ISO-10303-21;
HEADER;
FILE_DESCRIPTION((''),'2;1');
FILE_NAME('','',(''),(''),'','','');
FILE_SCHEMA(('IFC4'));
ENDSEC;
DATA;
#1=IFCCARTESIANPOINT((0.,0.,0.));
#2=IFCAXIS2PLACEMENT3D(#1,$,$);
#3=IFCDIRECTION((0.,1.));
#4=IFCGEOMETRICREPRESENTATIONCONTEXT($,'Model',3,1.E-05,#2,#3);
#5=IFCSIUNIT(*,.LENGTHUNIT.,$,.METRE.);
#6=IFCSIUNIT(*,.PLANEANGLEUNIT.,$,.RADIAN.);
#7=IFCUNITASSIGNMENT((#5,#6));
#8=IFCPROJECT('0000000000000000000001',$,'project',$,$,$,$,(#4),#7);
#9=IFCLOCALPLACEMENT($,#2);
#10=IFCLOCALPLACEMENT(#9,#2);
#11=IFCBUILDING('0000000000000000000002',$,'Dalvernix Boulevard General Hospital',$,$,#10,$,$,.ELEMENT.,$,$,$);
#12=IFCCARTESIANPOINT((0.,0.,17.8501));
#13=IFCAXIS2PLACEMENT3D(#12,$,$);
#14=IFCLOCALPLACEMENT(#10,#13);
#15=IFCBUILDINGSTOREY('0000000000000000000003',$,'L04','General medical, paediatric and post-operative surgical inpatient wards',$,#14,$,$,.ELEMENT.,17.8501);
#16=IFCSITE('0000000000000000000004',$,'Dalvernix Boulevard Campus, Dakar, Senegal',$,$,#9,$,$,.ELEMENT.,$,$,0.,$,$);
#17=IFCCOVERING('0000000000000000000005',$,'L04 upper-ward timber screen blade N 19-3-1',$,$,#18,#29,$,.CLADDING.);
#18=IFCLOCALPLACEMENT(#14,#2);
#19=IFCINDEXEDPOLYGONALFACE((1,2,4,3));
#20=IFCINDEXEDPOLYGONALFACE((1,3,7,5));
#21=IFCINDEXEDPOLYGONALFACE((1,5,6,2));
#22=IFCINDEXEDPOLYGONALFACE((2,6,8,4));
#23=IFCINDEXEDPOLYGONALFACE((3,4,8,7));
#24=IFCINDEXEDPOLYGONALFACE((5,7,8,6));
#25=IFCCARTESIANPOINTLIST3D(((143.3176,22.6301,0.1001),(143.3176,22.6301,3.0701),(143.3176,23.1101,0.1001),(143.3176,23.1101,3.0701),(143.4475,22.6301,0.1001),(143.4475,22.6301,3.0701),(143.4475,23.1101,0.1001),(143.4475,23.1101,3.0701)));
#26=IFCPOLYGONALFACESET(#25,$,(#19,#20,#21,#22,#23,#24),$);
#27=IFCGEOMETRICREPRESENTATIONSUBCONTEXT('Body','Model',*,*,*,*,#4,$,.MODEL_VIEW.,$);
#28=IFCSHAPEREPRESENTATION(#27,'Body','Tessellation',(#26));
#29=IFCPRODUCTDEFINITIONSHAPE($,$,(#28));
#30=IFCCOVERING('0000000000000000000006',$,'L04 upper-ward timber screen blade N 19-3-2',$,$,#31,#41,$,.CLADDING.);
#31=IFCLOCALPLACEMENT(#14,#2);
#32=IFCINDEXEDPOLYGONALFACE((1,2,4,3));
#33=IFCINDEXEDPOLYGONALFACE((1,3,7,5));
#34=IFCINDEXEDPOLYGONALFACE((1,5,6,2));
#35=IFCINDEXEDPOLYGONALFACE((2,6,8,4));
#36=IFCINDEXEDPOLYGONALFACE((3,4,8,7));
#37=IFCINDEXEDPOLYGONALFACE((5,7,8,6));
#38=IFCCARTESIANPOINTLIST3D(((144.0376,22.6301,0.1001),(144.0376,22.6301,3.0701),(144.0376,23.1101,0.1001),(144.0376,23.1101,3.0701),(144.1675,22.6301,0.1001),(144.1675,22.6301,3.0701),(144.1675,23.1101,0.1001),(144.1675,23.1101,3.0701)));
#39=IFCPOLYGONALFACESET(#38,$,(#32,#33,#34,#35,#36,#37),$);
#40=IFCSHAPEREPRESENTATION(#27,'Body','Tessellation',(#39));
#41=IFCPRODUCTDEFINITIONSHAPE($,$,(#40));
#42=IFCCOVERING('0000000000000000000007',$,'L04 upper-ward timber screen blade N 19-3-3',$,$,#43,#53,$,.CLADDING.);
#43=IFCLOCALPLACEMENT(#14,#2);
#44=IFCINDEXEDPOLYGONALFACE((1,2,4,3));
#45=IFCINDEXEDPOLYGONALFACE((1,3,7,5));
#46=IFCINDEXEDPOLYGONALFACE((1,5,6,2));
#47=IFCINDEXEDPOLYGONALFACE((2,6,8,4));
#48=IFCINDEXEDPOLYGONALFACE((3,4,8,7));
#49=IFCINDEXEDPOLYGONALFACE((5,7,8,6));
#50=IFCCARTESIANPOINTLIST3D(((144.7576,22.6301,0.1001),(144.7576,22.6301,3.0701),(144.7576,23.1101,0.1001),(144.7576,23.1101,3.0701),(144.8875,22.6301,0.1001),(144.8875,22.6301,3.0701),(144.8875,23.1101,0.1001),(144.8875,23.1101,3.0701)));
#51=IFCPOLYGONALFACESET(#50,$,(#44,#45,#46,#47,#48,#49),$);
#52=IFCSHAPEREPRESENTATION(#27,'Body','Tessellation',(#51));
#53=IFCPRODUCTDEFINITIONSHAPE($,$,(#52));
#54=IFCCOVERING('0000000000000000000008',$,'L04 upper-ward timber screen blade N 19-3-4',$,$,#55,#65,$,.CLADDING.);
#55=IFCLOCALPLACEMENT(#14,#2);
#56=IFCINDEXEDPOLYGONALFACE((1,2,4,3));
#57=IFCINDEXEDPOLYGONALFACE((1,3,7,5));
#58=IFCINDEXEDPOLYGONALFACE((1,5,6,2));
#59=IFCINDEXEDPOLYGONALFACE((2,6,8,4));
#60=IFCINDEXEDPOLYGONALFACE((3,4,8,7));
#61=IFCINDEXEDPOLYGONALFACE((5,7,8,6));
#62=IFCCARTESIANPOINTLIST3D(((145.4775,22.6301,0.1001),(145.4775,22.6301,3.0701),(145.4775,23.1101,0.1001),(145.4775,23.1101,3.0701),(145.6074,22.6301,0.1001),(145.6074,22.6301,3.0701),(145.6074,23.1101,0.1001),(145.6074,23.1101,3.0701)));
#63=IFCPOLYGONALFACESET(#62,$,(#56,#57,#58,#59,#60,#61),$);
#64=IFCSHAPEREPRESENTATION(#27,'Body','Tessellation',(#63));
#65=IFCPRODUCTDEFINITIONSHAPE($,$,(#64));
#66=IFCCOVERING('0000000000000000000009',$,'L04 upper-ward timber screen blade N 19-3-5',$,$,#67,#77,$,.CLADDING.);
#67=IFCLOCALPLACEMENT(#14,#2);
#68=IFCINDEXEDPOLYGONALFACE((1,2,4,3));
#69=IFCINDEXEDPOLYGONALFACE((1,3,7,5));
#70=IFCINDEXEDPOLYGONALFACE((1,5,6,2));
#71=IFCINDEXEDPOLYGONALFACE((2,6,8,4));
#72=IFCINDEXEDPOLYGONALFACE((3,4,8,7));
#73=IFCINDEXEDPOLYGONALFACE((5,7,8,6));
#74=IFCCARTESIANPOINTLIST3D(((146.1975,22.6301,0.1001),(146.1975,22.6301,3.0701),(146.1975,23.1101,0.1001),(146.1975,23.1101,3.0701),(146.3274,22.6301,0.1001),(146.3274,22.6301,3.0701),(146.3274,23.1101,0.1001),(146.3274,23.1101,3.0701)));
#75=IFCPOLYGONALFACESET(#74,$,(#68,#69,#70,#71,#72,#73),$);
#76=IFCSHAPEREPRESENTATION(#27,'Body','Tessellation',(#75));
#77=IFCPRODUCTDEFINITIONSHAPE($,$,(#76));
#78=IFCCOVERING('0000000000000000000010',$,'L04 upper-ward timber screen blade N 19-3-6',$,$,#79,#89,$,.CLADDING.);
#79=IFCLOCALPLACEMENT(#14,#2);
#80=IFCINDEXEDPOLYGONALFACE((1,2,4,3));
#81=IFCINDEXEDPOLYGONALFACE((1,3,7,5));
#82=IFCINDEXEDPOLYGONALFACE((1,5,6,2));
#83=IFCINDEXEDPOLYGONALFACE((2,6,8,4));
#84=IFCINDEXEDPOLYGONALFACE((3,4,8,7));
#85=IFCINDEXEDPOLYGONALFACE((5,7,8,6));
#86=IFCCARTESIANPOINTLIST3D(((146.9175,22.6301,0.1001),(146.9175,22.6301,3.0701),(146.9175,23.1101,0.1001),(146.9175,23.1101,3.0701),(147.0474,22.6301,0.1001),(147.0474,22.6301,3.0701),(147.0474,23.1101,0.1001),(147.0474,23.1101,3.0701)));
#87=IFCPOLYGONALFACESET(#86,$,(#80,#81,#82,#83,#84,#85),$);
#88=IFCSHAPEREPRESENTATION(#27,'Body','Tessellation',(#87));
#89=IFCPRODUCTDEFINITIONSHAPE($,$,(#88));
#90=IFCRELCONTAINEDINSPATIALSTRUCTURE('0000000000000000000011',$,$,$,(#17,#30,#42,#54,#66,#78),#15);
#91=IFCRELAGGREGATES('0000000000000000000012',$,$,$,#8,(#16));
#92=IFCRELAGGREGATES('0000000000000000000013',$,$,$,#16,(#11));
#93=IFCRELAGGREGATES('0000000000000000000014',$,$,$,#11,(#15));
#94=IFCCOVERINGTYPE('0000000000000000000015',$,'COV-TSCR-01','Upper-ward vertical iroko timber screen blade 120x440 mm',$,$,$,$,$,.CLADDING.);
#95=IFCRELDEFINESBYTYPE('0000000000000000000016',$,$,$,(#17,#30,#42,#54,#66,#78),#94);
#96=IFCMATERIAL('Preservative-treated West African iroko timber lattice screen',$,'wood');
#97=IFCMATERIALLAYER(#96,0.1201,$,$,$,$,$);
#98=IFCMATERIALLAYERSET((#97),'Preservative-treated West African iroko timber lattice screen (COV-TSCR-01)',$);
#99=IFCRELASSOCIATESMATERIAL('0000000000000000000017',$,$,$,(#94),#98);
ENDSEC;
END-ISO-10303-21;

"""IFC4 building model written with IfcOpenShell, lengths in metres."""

from ifc_helpers import new_model, si_unit, direction, frame, origin, origin_2d, place, context, subcontext, project, spatial, rectangle, extrude, material, layer, layer_set, type_object, element, save


model = new_model("IFC4")

# Units and contexts
model_context = context("Model", 3, precision=1e-05, world=origin(), true_north=direction((0.0, 1.0)))
body_context = subcontext(model_context, "Body", "Model", "MODEL_VIEW")
ifc_project = project(units=[si_unit("LENGTHUNIT", "METRE"), si_unit("PLANEANGLEUNIT", "RADIAN")], contexts=[model_context])

# Site, building, storey
site_placement = place(None, origin())
site = spatial("IfcSite", under=ifc_project, at=site_placement, Name="Dalvernix Boulevard Campus, Dakar, Senegal", CompositionType="ELEMENT", RefElevation=0.0)
building_placement = place(site_placement, origin())
building = spatial("IfcBuilding", under=site, at=building_placement, Name="Dalvernix Boulevard General Hospital", CompositionType="ELEMENT")
storey_placement = place(building_placement, frame((0.0, 0.0, 17.8501)))
storey = spatial("IfcBuildingStorey", under=building, at=storey_placement, Name="L04", Description="General medical, paediatric and post-operative surgical inpatient wards", CompositionType="ELEMENT", Elevation=17.8501)

# Coverings
ifc_material_1 = material(Name="Preservative-treated West African iroko timber lattice screen", Category="wood")
ifc_layer_1 = layer(ifc_material_1, 0.1201)
ifc_layer_set_1 = layer_set([ifc_layer_1], Name="Preservative-treated West African iroko timber lattice screen (COV-TSCR-01)")
covering_type_1 = type_object("IfcCoveringType", Name="COV-TSCR-01", Description="Upper-ward vertical iroko timber screen blade 120x440 mm", PredefinedType="CLADDING", material=ifc_layer_set_1)
for number, where, z_axis, x_axis, name in (
    (1, (143.3826, 22.8701, 0.1001), (0.0, 0.0, 1.0), (1.0, 0.0, 0.0), "L04 upper-ward timber screen blade N 19-3-1"),
    (2, (144.1025, 22.8701, 0.1001), (0.0, 0.0, 1.0), (1.0, 0.0, 0.0), "L04 upper-ward timber screen blade N 19-3-2"),
    (3, (144.8225, 22.8701, 0.1001), (0.0, 0.0, 1.0), (1.0, 0.0, 0.0), "L04 upper-ward timber screen blade N 19-3-3"),
    (4, (145.5425, 22.8701, 0.1001), (0.0, 0.0, 1.0), (1.0, 0.0, 0.0), "L04 upper-ward timber screen blade N 19-3-4"),
    (5, (146.2625, 22.8701, 0.1001), (0.0, 0.0, 1.0), (1.0, 0.0, 0.0), "L04 upper-ward timber screen blade N 19-3-5"),
    (6, (146.9824, 22.8701, 0.1001), (0.0, 0.0, 1.0), (1.0, 0.0, 0.0), "L04 upper-ward timber screen blade N 19-3-6"),
):
    element("IfcCovering", number, at=place(storey_placement, frame(where, z_axis=z_axis, x_axis=x_axis)), inside=storey, type_object=covering_type_1, Name=name, PredefinedType="CLADDING", context=body_context, shape_type="SweptSolid", body=[
        extrude(rectangle(XDim=0.1299, YDim=0.48, at=origin_2d()), origin(), (0.0, 0.0, 1.0), 2.97),
    ])

save(model, "model.ifc")
